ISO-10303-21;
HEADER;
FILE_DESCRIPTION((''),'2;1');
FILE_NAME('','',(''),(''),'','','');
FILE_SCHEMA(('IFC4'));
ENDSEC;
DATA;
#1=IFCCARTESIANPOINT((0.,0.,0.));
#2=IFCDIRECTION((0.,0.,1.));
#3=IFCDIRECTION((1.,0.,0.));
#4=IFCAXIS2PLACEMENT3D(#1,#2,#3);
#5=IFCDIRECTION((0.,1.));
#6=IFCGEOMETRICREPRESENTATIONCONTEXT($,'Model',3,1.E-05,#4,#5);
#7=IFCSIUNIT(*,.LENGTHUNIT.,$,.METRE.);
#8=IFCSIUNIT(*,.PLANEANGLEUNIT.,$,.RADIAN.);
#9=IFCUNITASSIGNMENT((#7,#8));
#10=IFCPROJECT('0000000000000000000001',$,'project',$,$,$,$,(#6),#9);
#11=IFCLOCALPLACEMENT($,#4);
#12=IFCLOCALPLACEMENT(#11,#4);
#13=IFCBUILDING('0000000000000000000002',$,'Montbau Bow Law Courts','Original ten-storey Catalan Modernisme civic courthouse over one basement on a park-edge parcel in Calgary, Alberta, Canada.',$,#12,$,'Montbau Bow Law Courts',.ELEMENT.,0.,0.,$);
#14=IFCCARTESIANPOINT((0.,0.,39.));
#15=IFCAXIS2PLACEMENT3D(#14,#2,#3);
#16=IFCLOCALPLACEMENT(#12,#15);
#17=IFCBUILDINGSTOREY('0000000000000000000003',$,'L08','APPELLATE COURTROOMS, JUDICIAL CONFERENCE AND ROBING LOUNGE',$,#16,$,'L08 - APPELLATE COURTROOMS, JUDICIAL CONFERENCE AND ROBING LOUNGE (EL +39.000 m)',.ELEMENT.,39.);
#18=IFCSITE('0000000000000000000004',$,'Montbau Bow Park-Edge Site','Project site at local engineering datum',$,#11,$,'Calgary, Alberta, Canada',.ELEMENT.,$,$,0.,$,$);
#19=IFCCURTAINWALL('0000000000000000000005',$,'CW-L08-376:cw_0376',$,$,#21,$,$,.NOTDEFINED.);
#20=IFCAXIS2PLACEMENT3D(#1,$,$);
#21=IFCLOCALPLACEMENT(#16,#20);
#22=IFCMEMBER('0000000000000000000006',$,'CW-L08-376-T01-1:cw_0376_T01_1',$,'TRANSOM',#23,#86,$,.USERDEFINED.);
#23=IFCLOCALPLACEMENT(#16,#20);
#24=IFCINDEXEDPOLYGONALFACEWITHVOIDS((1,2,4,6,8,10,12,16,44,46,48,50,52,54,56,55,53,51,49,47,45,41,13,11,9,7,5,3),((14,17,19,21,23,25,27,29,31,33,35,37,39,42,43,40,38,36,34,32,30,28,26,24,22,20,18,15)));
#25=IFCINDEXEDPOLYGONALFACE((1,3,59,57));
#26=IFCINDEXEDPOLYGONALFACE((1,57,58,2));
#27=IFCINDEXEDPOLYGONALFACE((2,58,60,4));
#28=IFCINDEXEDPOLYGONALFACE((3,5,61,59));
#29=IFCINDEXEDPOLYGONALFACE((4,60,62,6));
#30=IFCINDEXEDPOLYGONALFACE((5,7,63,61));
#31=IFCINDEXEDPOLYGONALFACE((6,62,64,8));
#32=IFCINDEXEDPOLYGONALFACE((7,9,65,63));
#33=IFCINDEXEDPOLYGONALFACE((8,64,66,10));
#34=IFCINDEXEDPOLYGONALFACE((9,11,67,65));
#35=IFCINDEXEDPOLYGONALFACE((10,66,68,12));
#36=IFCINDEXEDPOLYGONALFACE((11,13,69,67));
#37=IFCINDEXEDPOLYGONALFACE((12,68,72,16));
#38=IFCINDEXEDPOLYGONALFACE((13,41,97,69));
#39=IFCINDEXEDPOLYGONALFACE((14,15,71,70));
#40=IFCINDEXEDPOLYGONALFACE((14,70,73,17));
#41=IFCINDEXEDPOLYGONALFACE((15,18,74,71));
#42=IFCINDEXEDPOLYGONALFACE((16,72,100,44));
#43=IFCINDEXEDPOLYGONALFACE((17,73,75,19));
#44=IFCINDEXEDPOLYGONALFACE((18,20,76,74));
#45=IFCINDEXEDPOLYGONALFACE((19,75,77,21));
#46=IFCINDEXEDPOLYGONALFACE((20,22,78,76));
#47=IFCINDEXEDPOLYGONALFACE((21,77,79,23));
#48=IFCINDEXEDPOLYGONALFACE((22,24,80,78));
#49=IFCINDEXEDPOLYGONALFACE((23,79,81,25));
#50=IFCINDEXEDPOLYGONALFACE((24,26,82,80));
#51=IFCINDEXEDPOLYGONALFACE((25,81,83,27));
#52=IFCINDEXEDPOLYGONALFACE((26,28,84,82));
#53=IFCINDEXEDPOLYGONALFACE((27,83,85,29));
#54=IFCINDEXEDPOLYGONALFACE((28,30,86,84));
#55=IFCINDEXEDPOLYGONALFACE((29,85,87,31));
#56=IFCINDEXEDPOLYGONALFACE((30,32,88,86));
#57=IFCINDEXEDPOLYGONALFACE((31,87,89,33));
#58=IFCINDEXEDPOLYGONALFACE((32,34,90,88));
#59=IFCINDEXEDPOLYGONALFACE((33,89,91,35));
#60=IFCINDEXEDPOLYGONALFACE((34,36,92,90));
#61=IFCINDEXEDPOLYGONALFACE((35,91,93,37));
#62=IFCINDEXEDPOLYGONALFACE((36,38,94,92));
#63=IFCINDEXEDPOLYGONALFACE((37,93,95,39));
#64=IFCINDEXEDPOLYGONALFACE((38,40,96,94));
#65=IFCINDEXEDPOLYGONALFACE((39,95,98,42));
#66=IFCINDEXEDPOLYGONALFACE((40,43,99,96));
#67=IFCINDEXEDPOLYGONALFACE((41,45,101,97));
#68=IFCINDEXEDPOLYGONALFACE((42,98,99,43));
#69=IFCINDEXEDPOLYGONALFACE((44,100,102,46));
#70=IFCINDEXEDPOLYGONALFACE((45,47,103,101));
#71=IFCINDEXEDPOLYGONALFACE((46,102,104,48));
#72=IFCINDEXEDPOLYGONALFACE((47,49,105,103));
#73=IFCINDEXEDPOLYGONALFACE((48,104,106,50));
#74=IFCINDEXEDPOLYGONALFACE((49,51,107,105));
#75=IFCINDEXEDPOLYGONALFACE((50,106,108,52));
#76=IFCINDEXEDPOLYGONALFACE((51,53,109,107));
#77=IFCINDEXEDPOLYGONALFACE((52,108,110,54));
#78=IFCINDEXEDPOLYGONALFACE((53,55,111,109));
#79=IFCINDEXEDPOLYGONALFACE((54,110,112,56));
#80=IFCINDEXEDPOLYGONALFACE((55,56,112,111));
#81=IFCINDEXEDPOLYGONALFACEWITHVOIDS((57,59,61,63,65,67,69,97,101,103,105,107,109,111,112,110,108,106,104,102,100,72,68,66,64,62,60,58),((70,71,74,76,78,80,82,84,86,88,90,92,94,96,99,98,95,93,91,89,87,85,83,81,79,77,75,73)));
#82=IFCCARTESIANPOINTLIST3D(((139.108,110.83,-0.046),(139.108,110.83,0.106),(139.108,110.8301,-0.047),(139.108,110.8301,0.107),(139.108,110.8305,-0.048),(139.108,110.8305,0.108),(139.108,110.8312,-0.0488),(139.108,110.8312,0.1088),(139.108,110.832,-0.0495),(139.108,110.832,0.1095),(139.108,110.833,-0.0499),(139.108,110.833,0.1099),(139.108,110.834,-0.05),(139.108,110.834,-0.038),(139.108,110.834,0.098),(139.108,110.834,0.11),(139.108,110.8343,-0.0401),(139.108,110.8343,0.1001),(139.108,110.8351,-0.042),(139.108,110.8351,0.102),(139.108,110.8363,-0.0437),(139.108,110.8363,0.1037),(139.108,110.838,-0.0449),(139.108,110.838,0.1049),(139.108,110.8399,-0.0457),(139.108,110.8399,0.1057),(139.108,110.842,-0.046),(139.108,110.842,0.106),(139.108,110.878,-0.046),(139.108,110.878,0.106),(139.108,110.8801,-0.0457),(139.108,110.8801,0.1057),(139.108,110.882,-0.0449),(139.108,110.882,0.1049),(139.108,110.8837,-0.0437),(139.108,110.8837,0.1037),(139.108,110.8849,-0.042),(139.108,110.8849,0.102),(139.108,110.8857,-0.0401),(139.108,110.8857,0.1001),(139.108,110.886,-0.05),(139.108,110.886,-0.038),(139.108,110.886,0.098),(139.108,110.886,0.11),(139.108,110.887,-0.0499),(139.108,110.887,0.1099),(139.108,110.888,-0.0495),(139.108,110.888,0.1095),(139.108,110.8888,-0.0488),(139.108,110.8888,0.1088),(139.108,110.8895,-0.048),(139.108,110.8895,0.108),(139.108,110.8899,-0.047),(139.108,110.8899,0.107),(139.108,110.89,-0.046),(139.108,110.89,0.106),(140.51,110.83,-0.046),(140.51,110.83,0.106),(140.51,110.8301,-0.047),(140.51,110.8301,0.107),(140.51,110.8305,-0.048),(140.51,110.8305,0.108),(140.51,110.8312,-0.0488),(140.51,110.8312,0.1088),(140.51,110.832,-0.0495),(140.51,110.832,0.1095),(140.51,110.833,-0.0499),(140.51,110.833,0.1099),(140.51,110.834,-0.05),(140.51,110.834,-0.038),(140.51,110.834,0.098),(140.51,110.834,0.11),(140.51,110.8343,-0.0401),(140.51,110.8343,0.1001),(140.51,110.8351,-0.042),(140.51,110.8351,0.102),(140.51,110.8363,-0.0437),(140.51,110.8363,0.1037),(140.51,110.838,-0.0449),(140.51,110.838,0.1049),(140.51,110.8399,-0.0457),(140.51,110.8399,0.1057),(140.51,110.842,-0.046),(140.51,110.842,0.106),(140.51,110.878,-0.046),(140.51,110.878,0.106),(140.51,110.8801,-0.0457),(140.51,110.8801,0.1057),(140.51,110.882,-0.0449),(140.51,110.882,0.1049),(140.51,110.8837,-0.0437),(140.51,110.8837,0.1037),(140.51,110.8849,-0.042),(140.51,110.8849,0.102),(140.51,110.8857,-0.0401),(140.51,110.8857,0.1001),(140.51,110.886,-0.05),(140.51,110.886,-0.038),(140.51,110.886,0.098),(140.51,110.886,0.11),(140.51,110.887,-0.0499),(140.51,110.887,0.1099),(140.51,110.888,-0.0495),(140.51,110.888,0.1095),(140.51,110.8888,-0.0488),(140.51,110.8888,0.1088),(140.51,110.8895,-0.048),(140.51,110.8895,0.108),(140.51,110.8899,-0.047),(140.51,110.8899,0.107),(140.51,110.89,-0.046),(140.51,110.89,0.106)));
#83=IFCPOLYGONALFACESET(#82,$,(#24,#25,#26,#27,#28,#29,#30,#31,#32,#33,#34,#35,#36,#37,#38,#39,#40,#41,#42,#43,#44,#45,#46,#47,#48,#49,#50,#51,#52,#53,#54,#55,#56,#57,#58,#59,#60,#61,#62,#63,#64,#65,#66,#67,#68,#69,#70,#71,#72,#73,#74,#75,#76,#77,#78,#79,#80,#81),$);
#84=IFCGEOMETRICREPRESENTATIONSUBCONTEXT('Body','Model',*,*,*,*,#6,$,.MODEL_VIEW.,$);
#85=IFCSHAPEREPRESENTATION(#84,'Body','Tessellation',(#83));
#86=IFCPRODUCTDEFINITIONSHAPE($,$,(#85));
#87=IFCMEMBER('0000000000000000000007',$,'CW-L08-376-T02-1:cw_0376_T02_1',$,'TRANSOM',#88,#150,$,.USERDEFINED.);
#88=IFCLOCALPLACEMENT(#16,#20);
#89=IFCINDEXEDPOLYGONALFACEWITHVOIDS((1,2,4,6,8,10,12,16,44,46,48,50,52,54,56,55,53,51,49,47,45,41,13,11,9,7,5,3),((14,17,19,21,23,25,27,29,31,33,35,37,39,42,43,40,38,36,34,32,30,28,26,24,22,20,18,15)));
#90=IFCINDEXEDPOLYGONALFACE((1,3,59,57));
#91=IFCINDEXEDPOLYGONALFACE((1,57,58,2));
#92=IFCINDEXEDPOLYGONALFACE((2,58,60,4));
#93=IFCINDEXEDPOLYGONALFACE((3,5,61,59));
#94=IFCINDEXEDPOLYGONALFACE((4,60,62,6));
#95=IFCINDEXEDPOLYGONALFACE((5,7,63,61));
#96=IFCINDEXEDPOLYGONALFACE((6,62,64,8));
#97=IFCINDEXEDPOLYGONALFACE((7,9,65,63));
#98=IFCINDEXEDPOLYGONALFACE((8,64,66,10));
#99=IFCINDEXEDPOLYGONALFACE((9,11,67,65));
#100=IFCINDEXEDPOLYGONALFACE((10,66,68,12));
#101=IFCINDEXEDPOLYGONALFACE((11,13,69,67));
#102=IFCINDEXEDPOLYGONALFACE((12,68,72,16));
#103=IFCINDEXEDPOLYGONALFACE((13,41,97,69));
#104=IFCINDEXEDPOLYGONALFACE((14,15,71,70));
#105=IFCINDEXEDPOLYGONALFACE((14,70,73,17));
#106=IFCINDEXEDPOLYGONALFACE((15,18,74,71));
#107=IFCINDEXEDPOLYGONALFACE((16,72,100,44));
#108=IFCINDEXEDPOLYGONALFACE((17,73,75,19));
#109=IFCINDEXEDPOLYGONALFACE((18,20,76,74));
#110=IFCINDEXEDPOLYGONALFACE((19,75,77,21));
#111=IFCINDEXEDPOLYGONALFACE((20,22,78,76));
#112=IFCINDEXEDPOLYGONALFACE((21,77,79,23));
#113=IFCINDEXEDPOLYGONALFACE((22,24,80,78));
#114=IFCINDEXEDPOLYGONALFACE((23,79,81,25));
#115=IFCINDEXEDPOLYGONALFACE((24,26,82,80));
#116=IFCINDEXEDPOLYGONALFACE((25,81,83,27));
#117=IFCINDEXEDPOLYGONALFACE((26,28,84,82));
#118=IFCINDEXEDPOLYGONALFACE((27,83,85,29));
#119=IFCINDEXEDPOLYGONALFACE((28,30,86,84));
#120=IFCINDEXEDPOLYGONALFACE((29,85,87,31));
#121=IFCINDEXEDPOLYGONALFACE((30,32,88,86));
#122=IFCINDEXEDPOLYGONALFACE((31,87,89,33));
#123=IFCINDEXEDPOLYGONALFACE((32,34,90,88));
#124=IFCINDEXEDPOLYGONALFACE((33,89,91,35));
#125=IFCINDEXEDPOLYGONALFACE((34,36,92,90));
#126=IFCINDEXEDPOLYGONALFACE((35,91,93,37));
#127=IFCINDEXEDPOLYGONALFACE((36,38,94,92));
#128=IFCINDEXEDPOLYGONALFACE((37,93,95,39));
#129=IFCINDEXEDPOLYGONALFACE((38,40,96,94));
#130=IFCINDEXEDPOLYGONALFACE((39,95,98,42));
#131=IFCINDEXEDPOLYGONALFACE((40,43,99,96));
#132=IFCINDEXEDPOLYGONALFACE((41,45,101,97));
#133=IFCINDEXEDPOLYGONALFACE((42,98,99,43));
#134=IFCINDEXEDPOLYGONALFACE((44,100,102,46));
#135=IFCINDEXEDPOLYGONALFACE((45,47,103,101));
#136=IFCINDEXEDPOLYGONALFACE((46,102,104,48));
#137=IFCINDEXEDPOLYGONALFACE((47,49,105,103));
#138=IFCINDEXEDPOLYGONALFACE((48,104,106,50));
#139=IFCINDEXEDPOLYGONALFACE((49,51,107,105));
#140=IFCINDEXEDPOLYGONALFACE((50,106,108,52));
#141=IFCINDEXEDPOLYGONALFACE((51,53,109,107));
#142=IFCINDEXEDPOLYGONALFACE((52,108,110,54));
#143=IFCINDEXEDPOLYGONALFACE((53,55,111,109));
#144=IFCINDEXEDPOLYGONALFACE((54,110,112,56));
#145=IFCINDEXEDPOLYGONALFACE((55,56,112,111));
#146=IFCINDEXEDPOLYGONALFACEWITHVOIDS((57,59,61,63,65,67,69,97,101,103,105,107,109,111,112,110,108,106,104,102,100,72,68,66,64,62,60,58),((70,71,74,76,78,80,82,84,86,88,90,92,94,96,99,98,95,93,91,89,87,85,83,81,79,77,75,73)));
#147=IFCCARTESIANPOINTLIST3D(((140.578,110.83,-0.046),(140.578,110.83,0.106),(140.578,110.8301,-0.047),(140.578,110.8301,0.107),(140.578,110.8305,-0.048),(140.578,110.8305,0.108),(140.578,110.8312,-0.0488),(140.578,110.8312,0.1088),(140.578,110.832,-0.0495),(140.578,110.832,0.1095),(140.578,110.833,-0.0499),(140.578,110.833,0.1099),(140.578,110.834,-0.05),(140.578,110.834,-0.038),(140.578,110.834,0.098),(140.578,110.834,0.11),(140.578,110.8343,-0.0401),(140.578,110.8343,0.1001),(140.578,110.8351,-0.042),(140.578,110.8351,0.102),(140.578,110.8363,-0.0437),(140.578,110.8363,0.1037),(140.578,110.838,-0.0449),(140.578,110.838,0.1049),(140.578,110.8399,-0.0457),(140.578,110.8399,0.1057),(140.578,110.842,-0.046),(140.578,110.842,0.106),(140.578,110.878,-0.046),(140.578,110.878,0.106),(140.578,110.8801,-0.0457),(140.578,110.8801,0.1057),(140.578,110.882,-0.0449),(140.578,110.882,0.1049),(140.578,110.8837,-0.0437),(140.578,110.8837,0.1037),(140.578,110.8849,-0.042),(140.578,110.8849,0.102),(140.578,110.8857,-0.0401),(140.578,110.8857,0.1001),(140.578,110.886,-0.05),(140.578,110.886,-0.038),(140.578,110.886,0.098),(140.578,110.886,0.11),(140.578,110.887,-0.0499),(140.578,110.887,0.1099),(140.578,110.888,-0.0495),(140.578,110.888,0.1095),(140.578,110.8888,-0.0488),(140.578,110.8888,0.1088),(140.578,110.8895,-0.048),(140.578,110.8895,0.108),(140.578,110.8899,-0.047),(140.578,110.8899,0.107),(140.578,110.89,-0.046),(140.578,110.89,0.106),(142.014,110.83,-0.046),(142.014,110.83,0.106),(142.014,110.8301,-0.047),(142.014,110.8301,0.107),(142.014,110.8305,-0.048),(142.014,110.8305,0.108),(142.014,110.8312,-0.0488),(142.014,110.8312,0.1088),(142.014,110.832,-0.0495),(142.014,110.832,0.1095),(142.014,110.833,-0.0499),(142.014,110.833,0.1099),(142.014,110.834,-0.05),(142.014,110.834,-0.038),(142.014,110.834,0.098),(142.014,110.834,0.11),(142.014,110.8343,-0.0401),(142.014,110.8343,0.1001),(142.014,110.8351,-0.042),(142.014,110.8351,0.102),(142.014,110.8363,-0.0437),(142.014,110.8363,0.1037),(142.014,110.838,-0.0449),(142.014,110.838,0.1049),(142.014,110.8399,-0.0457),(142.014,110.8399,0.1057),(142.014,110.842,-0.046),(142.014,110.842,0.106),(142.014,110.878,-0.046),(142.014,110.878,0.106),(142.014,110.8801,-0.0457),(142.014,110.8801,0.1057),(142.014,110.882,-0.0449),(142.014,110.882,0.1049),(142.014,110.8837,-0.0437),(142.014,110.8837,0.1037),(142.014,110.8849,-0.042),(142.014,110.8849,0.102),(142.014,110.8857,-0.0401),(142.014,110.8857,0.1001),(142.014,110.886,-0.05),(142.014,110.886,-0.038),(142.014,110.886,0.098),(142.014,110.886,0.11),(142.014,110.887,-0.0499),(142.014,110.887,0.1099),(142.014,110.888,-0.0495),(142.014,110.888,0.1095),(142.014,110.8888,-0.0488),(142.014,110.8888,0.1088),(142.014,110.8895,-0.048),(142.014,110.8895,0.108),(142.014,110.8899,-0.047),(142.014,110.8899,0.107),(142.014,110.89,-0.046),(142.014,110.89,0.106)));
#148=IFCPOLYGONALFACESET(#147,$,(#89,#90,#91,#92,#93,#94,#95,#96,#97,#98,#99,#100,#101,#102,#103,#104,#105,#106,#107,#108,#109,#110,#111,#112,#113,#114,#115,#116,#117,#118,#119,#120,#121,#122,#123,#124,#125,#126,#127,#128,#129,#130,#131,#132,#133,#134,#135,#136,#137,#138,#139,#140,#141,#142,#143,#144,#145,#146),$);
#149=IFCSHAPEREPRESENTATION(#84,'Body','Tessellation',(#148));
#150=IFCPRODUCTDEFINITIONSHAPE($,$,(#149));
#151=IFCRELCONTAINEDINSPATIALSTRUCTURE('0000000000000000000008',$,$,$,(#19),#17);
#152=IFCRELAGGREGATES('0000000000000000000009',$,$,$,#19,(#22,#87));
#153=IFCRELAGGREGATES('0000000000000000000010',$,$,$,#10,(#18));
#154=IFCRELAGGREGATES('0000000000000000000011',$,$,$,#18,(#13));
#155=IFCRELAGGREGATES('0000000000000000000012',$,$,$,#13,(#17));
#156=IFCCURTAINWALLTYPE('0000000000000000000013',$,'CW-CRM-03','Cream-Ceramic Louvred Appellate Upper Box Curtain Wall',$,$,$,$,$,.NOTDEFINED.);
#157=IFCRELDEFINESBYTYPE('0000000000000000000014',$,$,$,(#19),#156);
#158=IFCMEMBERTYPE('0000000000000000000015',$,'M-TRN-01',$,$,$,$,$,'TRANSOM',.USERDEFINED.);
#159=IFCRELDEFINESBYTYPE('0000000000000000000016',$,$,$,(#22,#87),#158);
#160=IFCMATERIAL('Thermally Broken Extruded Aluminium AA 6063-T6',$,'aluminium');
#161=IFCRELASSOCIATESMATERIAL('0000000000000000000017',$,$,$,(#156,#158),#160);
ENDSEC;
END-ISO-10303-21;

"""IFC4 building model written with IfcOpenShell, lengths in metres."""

from ifc_helpers import new_model, si_unit, direction, frame, origin_with_axes, origin_2d_with_axis, place, context, subcontext, project, spatial, hollow_rectangle, extrude, material, material_profile, profile_set, type_object, element, aggregate, save


model = new_model("IFC4")

# Units and contexts
model_context = context("Model", 3, precision=1e-05, world=origin_with_axes(), true_north=direction((0.0, 1.0)))
body_context = subcontext(model_context, "Body", "Model", "MODEL_VIEW")
ifc_project = project(units=[si_unit("LENGTHUNIT", "METRE"), si_unit("PLANEANGLEUNIT", "RADIAN")], contexts=[model_context])

# Site, building, storey
site_placement = place(None, origin_with_axes())
site = spatial("IfcSite", under=ifc_project, at=site_placement, Name="Montbau Bow Park-Edge Site", Description="Project site at local engineering datum", LongName="Calgary, Alberta, Canada", CompositionType="ELEMENT", RefElevation=0.0)
building_placement = place(site_placement, origin_with_axes())
building = spatial("IfcBuilding", under=site, at=building_placement, Name="Montbau Bow Law Courts", Description="Original ten-storey Catalan Modernisme civic courthouse over one basement on a park-edge parcel in Calgary, Alberta, Canada.", LongName="Montbau Bow Law Courts", CompositionType="ELEMENT", ElevationOfRefHeight=0.0, ElevationOfTerrain=0.0)
storey_placement = place(building_placement, frame((0.0, 0.0, 39.0), z_axis=(0.0, 0.0, 1.0), x_axis=(1.0, 0.0, 0.0)))
storey = spatial("IfcBuildingStorey", under=building, at=storey_placement, Name="L08", Description="APPELLATE COURTROOMS, JUDICIAL CONFERENCE AND ROBING LOUNGE", LongName="L08 - APPELLATE COURTROOMS, JUDICIAL CONFERENCE AND ROBING LOUNGE (EL +39.000 m)", CompositionType="ELEMENT", Elevation=39.0)

# Curtain wall
ifc_material_1 = material(Name="Thermally Broken Extruded Aluminium AA 6063-T6", Category="aluminium")
curtain_wall_type = type_object("IfcCurtainWallType", Name="CW-CRM-03", Description="Cream-Ceramic Louvred Appellate Upper Box Curtain Wall", PredefinedType="NOTDEFINED", material=ifc_material_1)
curtain_wall_1_placement = place(None, frame((139.04, 110.86, 39.0), z_axis=(0.0, 0.0, 1.0), x_axis=(1.0, 0.0, 0.0)))
curtain_wall_1 = element("IfcCurtainWall", 1, at=curtain_wall_1_placement, inside=storey, type_object=curtain_wall_type, Name="CW-L08-376:cw_0376", PredefinedType="NOTDEFINED")

# Members
ifc_material_profile_1 = material_profile(ifc_material_1, hollow_rectangle(XDim=0.06, YDim=0.16, WallThickness=0.004, InnerFilletRadius=0.008, OuterFilletRadius=0.004, at=origin_2d_with_axis()), Name="CWT-160X60", Category="Main", Priority=0)
ifc_profile_set_1 = profile_set([ifc_material_profile_1], Name="Thermally Broken Extruded Aluminium AA 6063-T6")
member_type_1 = type_object("IfcMemberType", Name="M-TRN-01", ElementType="TRANSOM", PredefinedType="USERDEFINED", material=ifc_profile_set_1)
member_1_placement = place(None, frame((139.108, 110.86, 39.03), z_axis=(1.0, 0.0, 0.0), x_axis=(0.0, 1.0, 0.0)))
member_1 = element("IfcMember", 2, at=member_1_placement, type_object=member_type_1, Name="CW-L08-376-T01-1:cw_0376_T01_1", ObjectType="TRANSOM", PredefinedType="USERDEFINED", context=body_context, shape_type="SweptSolid", body=[
    extrude(hollow_rectangle(XDim=0.06, YDim=0.16, WallThickness=0.004, InnerFilletRadius=0.008, OuterFilletRadius=0.004, at=origin_2d_with_axis()), origin_with_axes(), (0.0, 0.0, 1.0), 1.402),
])
member_2_placement = place(None, frame((140.578, 110.86, 39.03), z_axis=(1.0, 0.0, 0.0), x_axis=(0.0, 1.0, 0.0)))
member_2 = element("IfcMember", 3, at=member_2_placement, type_object=member_type_1, Name="CW-L08-376-T02-1:cw_0376_T02_1", ObjectType="TRANSOM", PredefinedType="USERDEFINED", context=body_context, shape_type="SweptSolid", body=[
    extrude(hollow_rectangle(XDim=0.06, YDim=0.16, WallThickness=0.004, InnerFilletRadius=0.008, OuterFilletRadius=0.004, at=origin_2d_with_axis()), origin_with_axes(), (0.0, 0.0, 1.0), 1.436),
])
aggregate(curtain_wall_1, [member_1, member_2])

save(model, "model.ifc")
